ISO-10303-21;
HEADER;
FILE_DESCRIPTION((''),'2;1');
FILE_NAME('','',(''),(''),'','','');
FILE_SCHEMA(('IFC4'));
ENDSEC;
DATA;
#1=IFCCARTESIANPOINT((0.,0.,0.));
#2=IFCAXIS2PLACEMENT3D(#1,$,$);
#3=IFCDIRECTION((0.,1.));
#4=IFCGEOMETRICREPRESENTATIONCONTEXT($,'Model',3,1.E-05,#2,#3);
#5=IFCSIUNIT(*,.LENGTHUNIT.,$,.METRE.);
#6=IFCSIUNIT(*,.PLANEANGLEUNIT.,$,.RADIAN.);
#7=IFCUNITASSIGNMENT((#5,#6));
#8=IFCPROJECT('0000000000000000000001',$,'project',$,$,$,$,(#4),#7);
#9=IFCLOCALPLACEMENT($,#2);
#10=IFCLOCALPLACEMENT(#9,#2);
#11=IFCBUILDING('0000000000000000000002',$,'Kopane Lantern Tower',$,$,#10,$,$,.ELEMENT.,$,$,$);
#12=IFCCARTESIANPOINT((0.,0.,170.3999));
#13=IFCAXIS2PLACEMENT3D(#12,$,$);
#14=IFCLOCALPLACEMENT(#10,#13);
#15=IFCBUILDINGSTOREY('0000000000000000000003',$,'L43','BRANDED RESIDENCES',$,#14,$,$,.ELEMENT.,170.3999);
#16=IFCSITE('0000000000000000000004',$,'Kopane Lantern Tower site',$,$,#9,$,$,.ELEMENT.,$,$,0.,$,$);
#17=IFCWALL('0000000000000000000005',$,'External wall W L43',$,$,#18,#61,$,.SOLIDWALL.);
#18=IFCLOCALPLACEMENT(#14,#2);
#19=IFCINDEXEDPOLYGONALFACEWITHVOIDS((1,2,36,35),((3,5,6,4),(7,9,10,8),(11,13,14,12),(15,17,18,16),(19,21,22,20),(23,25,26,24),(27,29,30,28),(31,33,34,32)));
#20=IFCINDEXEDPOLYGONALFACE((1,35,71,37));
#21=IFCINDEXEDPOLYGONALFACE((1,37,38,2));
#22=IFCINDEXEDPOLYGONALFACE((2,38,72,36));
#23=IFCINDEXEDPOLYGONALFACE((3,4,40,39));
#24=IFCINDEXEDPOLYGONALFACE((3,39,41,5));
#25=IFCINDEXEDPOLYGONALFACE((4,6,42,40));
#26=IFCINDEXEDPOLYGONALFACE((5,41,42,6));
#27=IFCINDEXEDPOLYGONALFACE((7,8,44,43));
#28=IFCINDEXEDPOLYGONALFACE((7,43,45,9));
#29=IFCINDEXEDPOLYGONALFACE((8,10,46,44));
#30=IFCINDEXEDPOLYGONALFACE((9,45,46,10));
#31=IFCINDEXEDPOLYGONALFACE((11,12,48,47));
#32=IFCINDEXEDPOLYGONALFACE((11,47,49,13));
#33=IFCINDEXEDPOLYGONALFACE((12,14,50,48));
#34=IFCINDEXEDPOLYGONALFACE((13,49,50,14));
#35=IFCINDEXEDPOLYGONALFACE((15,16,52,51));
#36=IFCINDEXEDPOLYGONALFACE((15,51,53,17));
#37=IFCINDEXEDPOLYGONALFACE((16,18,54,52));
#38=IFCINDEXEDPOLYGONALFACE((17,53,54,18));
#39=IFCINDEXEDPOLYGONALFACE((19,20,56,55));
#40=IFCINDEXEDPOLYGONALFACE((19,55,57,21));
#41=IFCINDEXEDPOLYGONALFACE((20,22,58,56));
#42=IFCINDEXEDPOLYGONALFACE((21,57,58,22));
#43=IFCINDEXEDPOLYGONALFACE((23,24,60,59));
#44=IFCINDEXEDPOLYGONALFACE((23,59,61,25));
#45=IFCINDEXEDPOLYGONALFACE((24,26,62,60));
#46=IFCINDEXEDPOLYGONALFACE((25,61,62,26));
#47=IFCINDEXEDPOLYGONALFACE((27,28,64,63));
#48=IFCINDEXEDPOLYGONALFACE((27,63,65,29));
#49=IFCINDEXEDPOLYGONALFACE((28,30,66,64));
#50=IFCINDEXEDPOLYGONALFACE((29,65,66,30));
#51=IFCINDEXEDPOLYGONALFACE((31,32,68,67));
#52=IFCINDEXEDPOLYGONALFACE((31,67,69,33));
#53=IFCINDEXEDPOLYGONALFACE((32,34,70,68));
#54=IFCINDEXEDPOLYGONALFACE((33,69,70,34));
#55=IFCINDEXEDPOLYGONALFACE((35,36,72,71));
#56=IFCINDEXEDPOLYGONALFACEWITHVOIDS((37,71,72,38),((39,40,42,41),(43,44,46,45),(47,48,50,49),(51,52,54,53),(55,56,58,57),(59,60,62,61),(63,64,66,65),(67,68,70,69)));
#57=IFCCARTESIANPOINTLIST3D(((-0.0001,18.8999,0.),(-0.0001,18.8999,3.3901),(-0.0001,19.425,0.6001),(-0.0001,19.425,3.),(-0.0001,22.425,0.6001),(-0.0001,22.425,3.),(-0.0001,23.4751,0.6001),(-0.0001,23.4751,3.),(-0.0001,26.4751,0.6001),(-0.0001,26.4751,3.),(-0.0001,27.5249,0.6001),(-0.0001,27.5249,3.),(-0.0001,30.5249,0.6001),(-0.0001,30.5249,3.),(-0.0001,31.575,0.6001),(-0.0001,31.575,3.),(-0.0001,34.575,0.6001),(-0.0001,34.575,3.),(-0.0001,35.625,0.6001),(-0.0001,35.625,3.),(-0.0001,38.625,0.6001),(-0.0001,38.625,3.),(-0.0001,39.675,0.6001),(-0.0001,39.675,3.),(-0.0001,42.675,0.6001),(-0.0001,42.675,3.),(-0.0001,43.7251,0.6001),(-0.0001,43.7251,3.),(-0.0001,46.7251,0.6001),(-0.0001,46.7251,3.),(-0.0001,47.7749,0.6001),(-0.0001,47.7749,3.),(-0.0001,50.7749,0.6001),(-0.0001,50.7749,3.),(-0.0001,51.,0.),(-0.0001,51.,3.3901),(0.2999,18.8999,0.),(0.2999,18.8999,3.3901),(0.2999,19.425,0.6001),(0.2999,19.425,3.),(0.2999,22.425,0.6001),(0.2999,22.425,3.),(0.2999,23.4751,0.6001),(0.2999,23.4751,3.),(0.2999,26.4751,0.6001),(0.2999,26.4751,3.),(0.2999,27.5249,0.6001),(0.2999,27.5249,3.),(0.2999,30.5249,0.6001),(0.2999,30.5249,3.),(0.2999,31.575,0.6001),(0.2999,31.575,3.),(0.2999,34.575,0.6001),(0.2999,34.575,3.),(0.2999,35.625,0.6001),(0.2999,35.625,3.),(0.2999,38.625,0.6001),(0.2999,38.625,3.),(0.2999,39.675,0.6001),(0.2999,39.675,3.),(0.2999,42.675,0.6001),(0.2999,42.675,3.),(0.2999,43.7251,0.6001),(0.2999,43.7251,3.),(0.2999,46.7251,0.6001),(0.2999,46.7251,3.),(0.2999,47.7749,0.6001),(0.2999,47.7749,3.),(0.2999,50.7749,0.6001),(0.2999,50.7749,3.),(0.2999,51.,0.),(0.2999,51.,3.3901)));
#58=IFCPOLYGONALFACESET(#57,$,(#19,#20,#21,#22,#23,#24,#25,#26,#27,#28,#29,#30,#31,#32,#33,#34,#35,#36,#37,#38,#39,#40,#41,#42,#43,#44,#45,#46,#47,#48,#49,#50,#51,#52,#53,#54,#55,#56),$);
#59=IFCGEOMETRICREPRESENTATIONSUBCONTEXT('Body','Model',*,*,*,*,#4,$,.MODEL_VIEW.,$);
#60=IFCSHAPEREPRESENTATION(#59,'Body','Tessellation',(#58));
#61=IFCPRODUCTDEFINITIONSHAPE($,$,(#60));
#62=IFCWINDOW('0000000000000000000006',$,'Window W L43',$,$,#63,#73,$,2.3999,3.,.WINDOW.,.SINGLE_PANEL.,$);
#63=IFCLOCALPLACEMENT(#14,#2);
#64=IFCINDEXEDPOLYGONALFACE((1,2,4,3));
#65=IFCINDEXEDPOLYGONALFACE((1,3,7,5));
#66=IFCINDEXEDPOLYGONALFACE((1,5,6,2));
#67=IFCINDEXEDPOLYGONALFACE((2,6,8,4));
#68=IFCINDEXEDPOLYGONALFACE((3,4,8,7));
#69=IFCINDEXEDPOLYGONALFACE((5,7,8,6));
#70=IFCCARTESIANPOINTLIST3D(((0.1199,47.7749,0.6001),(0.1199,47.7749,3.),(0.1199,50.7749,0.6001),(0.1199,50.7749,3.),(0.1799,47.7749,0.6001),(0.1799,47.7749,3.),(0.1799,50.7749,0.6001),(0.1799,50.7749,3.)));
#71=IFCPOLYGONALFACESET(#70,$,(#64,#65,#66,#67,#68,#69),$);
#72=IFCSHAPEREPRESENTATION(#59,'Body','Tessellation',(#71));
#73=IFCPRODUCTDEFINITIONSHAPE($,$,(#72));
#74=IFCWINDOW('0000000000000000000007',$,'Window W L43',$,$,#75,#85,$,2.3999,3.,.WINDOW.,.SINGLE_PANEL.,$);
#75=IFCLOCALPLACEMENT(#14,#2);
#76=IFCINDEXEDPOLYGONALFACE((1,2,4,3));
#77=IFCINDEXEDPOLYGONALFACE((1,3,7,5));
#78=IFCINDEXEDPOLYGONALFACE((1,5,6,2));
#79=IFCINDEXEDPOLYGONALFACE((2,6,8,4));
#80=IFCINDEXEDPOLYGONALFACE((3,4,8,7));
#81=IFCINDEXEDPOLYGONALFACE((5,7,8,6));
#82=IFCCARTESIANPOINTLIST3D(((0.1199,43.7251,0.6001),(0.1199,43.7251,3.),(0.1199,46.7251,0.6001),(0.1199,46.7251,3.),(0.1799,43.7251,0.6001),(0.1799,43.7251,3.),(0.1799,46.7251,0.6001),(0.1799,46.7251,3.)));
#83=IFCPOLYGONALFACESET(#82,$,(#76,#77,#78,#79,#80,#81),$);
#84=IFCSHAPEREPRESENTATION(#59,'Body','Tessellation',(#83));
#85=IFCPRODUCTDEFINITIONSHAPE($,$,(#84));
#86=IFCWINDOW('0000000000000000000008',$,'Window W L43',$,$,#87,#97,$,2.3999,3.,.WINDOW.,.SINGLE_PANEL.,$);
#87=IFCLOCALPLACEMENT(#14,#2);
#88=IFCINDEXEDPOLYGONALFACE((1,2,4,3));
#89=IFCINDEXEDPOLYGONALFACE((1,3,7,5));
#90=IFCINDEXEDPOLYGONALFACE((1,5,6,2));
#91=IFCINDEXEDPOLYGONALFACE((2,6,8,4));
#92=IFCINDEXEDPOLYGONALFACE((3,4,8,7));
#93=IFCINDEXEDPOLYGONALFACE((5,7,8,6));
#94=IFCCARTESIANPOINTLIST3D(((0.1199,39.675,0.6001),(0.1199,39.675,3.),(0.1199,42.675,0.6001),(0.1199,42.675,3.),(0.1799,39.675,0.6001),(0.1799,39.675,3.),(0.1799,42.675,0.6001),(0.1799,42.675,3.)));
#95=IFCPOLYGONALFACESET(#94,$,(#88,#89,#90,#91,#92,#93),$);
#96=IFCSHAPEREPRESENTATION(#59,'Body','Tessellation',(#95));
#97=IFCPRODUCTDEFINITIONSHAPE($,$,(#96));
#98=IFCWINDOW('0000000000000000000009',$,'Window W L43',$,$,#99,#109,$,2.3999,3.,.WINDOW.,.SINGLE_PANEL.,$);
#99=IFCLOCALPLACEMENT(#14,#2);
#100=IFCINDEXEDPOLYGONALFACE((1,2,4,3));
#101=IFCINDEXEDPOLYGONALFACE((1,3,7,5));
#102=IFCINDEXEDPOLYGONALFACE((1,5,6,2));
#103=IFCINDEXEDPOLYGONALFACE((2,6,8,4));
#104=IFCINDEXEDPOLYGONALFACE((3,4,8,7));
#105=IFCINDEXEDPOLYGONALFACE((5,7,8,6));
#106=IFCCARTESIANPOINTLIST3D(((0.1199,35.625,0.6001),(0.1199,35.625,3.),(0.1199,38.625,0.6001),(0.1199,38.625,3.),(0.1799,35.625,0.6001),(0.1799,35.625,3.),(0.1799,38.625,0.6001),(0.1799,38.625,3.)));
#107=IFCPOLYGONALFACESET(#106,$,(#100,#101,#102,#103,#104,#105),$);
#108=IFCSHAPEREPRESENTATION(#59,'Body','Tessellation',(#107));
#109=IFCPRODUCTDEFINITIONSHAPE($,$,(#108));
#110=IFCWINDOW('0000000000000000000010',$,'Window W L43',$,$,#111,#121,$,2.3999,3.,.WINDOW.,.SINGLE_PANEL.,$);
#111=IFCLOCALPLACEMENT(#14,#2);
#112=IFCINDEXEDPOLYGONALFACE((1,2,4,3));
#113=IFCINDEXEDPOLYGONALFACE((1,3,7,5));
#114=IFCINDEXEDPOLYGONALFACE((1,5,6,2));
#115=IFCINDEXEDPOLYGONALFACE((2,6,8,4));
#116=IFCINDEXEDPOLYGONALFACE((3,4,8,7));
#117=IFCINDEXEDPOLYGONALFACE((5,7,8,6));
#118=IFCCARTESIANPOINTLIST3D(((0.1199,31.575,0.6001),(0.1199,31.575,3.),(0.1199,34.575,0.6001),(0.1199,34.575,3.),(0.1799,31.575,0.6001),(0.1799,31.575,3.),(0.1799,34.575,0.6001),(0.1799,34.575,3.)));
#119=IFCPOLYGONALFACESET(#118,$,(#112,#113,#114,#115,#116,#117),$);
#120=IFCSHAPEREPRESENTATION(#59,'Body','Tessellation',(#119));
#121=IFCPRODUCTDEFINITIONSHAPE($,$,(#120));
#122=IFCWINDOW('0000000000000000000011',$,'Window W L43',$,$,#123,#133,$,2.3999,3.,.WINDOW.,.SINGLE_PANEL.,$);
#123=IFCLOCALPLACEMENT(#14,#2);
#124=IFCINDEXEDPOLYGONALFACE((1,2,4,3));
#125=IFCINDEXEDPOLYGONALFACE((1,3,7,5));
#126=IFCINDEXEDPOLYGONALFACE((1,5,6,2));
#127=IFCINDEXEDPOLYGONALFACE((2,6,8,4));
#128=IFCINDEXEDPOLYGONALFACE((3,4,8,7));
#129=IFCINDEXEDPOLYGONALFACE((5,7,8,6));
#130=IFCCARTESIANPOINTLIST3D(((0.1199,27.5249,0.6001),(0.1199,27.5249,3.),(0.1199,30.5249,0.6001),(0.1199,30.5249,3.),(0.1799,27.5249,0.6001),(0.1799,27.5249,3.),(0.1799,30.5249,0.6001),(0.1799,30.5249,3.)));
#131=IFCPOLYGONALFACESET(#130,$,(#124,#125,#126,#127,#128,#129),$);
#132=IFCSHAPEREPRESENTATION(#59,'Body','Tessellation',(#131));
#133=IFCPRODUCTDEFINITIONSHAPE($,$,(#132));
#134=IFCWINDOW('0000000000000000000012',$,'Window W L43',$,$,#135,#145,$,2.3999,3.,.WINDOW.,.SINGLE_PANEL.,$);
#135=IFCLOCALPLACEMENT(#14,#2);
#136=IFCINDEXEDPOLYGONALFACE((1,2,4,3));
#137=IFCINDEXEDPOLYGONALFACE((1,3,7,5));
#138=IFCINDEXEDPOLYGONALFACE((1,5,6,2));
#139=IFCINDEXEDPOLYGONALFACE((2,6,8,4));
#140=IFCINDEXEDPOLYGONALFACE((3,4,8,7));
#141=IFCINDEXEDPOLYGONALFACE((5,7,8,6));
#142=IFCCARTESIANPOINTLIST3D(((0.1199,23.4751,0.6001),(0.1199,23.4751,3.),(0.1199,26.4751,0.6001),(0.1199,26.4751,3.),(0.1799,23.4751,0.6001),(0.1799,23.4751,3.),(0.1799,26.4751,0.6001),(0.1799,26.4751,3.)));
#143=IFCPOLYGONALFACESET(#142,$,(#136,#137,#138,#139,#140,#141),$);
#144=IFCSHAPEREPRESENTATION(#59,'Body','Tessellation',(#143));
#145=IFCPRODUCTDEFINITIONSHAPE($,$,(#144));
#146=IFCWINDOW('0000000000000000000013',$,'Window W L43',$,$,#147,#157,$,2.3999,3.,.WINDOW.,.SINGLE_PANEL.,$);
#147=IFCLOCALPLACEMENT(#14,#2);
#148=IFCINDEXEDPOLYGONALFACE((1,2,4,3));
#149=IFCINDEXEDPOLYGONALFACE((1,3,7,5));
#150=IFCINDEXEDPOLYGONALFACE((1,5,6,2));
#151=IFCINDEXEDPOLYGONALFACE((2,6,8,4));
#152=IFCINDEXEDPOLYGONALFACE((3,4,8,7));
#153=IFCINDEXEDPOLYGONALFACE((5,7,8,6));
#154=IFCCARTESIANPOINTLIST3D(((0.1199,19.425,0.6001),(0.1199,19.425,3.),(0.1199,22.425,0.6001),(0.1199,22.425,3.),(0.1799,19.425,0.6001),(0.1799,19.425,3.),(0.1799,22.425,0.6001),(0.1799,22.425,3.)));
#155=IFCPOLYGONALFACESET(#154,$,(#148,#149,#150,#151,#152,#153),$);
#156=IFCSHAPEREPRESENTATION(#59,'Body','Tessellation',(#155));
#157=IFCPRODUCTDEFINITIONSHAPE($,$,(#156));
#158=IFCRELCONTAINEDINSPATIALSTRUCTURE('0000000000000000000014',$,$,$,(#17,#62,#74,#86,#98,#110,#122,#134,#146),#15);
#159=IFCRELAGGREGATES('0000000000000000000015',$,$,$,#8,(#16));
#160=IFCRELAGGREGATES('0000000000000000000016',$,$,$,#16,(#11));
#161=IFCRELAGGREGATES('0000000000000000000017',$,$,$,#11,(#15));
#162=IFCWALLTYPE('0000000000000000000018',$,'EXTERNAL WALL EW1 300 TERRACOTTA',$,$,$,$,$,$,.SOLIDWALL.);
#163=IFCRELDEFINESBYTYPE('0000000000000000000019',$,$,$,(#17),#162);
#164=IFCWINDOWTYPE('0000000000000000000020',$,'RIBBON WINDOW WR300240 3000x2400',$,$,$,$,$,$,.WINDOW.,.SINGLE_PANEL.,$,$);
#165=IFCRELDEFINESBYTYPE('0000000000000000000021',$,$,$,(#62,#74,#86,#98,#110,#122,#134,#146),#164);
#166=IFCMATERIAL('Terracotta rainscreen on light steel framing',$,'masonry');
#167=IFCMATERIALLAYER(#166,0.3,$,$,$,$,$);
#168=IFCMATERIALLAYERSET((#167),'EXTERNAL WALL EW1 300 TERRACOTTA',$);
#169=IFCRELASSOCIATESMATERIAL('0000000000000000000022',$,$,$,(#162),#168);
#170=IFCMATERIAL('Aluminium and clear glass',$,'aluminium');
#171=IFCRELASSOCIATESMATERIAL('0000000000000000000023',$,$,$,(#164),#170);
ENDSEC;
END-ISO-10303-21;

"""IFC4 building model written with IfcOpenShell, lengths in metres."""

from ifc_helpers import new_model, si_unit, direction, frame, frame_2d, origin, place, context, subcontext, project, spatial, rectangle, extrude, material, layer, layer_set, type_object, element, fill, save


model = new_model("IFC4")

# Units and contexts
model_context = context("Model", 3, precision=1e-05, world=origin(), true_north=direction((0.0, 1.0)))
body_context = subcontext(model_context, "Body", "Model", "MODEL_VIEW")
ifc_project = project(units=[si_unit("LENGTHUNIT", "METRE"), si_unit("PLANEANGLEUNIT", "RADIAN")], contexts=[model_context])

# Site, building, storey
site_placement = place(None, origin())
site = spatial("IfcSite", under=ifc_project, at=site_placement, Name="Kopane Lantern Tower site", CompositionType="ELEMENT", RefElevation=0.0)
building_placement = place(site_placement, origin())
building = spatial("IfcBuilding", under=site, at=building_placement, Name="Kopane Lantern Tower", CompositionType="ELEMENT")
storey_placement = place(building_placement, frame((0.0, 0.0, 170.3999)))
storey = spatial("IfcBuildingStorey", under=building, at=storey_placement, Name="L43", Description="BRANDED RESIDENCES", CompositionType="ELEMENT", Elevation=170.3999)

# Shared definitions
ifc_material_1 = material(Name="Terracotta rainscreen on light steel framing", Category="masonry")
ifc_layer = layer(ifc_material_1, 0.3)
ifc_layer_set = layer_set([ifc_layer], Name="EXTERNAL WALL EW1 300 TERRACOTTA")
wall_type = type_object("IfcWallType", Name="EXTERNAL WALL EW1 300 TERRACOTTA", PredefinedType="SOLIDWALL", material=ifc_layer_set)

# Wall, openings, windows
wall_1_placement = place(storey_placement, frame((0.1499, 51.0, 0.0), z_axis=(0.0, 0.0, 1.0), x_axis=(0.0, -1.0, 0.0)))
wall_1 = element("IfcWall", 1, at=wall_1_placement, inside=storey, type_object=wall_type, Name="External wall W L43", PredefinedType="SOLIDWALL", context=body_context, shape_type="SweptSolid", body=[
    extrude(rectangle(XDim=32.1001, YDim=0.3, at=frame_2d((16.05, 0.0))), origin(), (0.0, 0.0, 1.0), 3.3901),
])
opening_1_placement = place(wall_1_placement, frame((0.2251, 0.0, 0.6001)))
opening_1 = element("IfcOpeningElement", 2, at=opening_1_placement, cuts=wall_1, PredefinedType="OPENING", context=body_context, shape_type="SweptSolid", body=[
    extrude(rectangle(XDim=3.0, YDim=2.3999, at=frame_2d((1.5, 1.2))), frame((0.0, 0.1599, 0.0), z_axis=(0.0, -1.0, 0.0), x_axis=(1.0, 0.0, 0.0)), (0.0, 0.0, 1.0), 0.3201),
])
opening_2_placement = place(wall_1_placement, frame((4.2749, 0.0, 0.6001)))
opening_2 = element("IfcOpeningElement", 3, at=opening_2_placement, cuts=wall_1, PredefinedType="OPENING", context=body_context, shape_type="SweptSolid", body=[
    extrude(rectangle(XDim=3.0, YDim=2.3999, at=frame_2d((1.5, 1.2))), frame((0.0, 0.1599, 0.0), z_axis=(0.0, -1.0, 0.0), x_axis=(1.0, 0.0, 0.0)), (0.0, 0.0, 1.0), 0.3201),
])
opening_3_placement = place(wall_1_placement, frame((8.325, 0.0, 0.6001)))
opening_3 = element("IfcOpeningElement", 4, at=opening_3_placement, cuts=wall_1, PredefinedType="OPENING", context=body_context, shape_type="SweptSolid", body=[
    extrude(rectangle(XDim=3.0, YDim=2.3999, at=frame_2d((1.5, 1.2))), frame((0.0, 0.1599, 0.0), z_axis=(0.0, -1.0, 0.0), x_axis=(1.0, 0.0, 0.0)), (0.0, 0.0, 1.0), 0.3201),
])
opening_4_placement = place(wall_1_placement, frame((12.375, 0.0, 0.6001)))
opening_4 = element("IfcOpeningElement", 5, at=opening_4_placement, cuts=wall_1, PredefinedType="OPENING", context=body_context, shape_type="SweptSolid", body=[
    extrude(rectangle(XDim=3.0, YDim=2.3999, at=frame_2d((1.5, 1.2))), frame((0.0, 0.1599, 0.0), z_axis=(0.0, -1.0, 0.0), x_axis=(1.0, 0.0, 0.0)), (0.0, 0.0, 1.0), 0.3201),
])
opening_5_placement = place(wall_1_placement, frame((16.425, 0.0, 0.6001)))
opening_5 = element("IfcOpeningElement", 6, at=opening_5_placement, cuts=wall_1, PredefinedType="OPENING", context=body_context, shape_type="SweptSolid", body=[
    extrude(rectangle(XDim=3.0, YDim=2.3999, at=frame_2d((1.5, 1.2))), frame((0.0, 0.1599, 0.0), z_axis=(0.0, -1.0, 0.0), x_axis=(1.0, 0.0, 0.0)), (0.0, 0.0, 1.0), 0.3201),
])
opening_6_placement = place(wall_1_placement, frame((20.4751, 0.0, 0.6001)))
opening_6 = element("IfcOpeningElement", 7, at=opening_6_placement, cuts=wall_1, PredefinedType="OPENING", context=body_context, shape_type="SweptSolid", body=[
    extrude(rectangle(XDim=3.0, YDim=2.3999, at=frame_2d((1.5, 1.2))), frame((0.0, 0.1599, 0.0), z_axis=(0.0, -1.0, 0.0), x_axis=(1.0, 0.0, 0.0)), (0.0, 0.0, 1.0), 0.3201),
])
opening_7_placement = place(wall_1_placement, frame((24.5249, 0.0, 0.6001)))
opening_7 = element("IfcOpeningElement", 8, at=opening_7_placement, cuts=wall_1, PredefinedType="OPENING", context=body_context, shape_type="SweptSolid", body=[
    extrude(rectangle(XDim=3.0, YDim=2.3999, at=frame_2d((1.5, 1.2))), frame((0.0, 0.1599, 0.0), z_axis=(0.0, -1.0, 0.0), x_axis=(1.0, 0.0, 0.0)), (0.0, 0.0, 1.0), 0.3201),
])
opening_8_placement = place(wall_1_placement, frame((28.575, 0.0, 0.6001)))
opening_8 = element("IfcOpeningElement", 9, at=opening_8_placement, cuts=wall_1, PredefinedType="OPENING", context=body_context, shape_type="SweptSolid", body=[
    extrude(rectangle(XDim=3.0, YDim=2.3999, at=frame_2d((1.5, 1.2))), frame((0.0, 0.1599, 0.0), z_axis=(0.0, -1.0, 0.0), x_axis=(1.0, 0.0, 0.0)), (0.0, 0.0, 1.0), 0.3201),
])
ifc_material_2 = material(Name="Aluminium and clear glass", Category="aluminium")
window_type_1 = type_object("IfcWindowType", Name="RIBBON WINDOW WR300240 3000x2400", PartitioningType="SINGLE_PANEL", PredefinedType="WINDOW", material=ifc_material_2)
window_1_placement = place(opening_1_placement, origin())
window_1 = element("IfcWindow", 10, at=window_1_placement, inside=storey, type_object=window_type_1, Name="Window W L43", OverallHeight=2.3999, OverallWidth=3.0, PartitioningType="SINGLE_PANEL", PredefinedType="WINDOW", context=body_context, shape_type="SweptSolid", body=[
    extrude(rectangle(XDim=3.0, YDim=2.3999, at=frame_2d((1.5, 1.2))), frame((0.0, 0.03, 0.0), z_axis=(0.0, -1.0, 0.0), x_axis=(1.0, 0.0, 0.0)), (0.0, 0.0, 1.0), 0.0601),
])
fill(opening_1, window_1)
window_2_placement = place(opening_2_placement, origin())
window_2 = element("IfcWindow", 11, at=window_2_placement, inside=storey, type_object=window_type_1, Name="Window W L43", OverallHeight=2.3999, OverallWidth=3.0, PartitioningType="SINGLE_PANEL", PredefinedType="WINDOW", context=body_context, shape_type="SweptSolid", body=[
    extrude(rectangle(XDim=3.0, YDim=2.3999, at=frame_2d((1.5, 1.2))), frame((0.0, 0.03, 0.0), z_axis=(0.0, -1.0, 0.0), x_axis=(1.0, 0.0, 0.0)), (0.0, 0.0, 1.0), 0.0601),
])
fill(opening_2, window_2)
window_3_placement = place(opening_3_placement, origin())
window_3 = element("IfcWindow", 12, at=window_3_placement, inside=storey, type_object=window_type_1, Name="Window W L43", OverallHeight=2.3999, OverallWidth=3.0, PartitioningType="SINGLE_PANEL", PredefinedType="WINDOW", context=body_context, shape_type="SweptSolid", body=[
    extrude(rectangle(XDim=3.0, YDim=2.3999, at=frame_2d((1.5, 1.2))), frame((0.0, 0.03, 0.0), z_axis=(0.0, -1.0, 0.0), x_axis=(1.0, 0.0, 0.0)), (0.0, 0.0, 1.0), 0.0601),
])
fill(opening_3, window_3)
window_4_placement = place(opening_4_placement, origin())
window_4 = element("IfcWindow", 13, at=window_4_placement, inside=storey, type_object=window_type_1, Name="Window W L43", OverallHeight=2.3999, OverallWidth=3.0, PartitioningType="SINGLE_PANEL", PredefinedType="WINDOW", context=body_context, shape_type="SweptSolid", body=[
    extrude(rectangle(XDim=3.0, YDim=2.3999, at=frame_2d((1.5, 1.2))), frame((0.0, 0.03, 0.0), z_axis=(0.0, -1.0, 0.0), x_axis=(1.0, 0.0, 0.0)), (0.0, 0.0, 1.0), 0.0601),
])
fill(opening_4, window_4)
window_5_placement = place(opening_5_placement, origin())
window_5 = element("IfcWindow", 14, at=window_5_placement, inside=storey, type_object=window_type_1, Name="Window W L43", OverallHeight=2.3999, OverallWidth=3.0, PartitioningType="SINGLE_PANEL", PredefinedType="WINDOW", context=body_context, shape_type="SweptSolid", body=[
    extrude(rectangle(XDim=3.0, YDim=2.3999, at=frame_2d((1.5, 1.2))), frame((0.0, 0.03, 0.0), z_axis=(0.0, -1.0, 0.0), x_axis=(1.0, 0.0, 0.0)), (0.0, 0.0, 1.0), 0.0601),
])
fill(opening_5, window_5)
window_6_placement = place(opening_6_placement, origin())
window_6 = element("IfcWindow", 15, at=window_6_placement, inside=storey, type_object=window_type_1, Name="Window W L43", OverallHeight=2.3999, OverallWidth=3.0, PartitioningType="SINGLE_PANEL", PredefinedType="WINDOW", context=body_context, shape_type="SweptSolid", body=[
    extrude(rectangle(XDim=3.0, YDim=2.3999, at=frame_2d((1.5, 1.2))), frame((0.0, 0.03, 0.0), z_axis=(0.0, -1.0, 0.0), x_axis=(1.0, 0.0, 0.0)), (0.0, 0.0, 1.0), 0.0601),
])
fill(opening_6, window_6)
window_7_placement = place(opening_7_placement, origin())
window_7 = element("IfcWindow", 16, at=window_7_placement, inside=storey, type_object=window_type_1, Name="Window W L43", OverallHeight=2.3999, OverallWidth=3.0, PartitioningType="SINGLE_PANEL", PredefinedType="WINDOW", context=body_context, shape_type="SweptSolid", body=[
    extrude(rectangle(XDim=3.0, YDim=2.3999, at=frame_2d((1.5, 1.2))), frame((0.0, 0.03, 0.0), z_axis=(0.0, -1.0, 0.0), x_axis=(1.0, 0.0, 0.0)), (0.0, 0.0, 1.0), 0.0601),
])
fill(opening_7, window_7)
window_8_placement = place(opening_8_placement, origin())
window_8 = element("IfcWindow", 17, at=window_8_placement, inside=storey, type_object=window_type_1, Name="Window W L43", OverallHeight=2.3999, OverallWidth=3.0, PartitioningType="SINGLE_PANEL", PredefinedType="WINDOW", context=body_context, shape_type="SweptSolid", body=[
    extrude(rectangle(XDim=3.0, YDim=2.3999, at=frame_2d((1.5, 1.2))), frame((0.0, 0.03, 0.0), z_axis=(0.0, -1.0, 0.0), x_axis=(1.0, 0.0, 0.0)), (0.0, 0.0, 1.0), 0.0601),
])
fill(opening_8, window_8)

save(model, "model.ifc")
